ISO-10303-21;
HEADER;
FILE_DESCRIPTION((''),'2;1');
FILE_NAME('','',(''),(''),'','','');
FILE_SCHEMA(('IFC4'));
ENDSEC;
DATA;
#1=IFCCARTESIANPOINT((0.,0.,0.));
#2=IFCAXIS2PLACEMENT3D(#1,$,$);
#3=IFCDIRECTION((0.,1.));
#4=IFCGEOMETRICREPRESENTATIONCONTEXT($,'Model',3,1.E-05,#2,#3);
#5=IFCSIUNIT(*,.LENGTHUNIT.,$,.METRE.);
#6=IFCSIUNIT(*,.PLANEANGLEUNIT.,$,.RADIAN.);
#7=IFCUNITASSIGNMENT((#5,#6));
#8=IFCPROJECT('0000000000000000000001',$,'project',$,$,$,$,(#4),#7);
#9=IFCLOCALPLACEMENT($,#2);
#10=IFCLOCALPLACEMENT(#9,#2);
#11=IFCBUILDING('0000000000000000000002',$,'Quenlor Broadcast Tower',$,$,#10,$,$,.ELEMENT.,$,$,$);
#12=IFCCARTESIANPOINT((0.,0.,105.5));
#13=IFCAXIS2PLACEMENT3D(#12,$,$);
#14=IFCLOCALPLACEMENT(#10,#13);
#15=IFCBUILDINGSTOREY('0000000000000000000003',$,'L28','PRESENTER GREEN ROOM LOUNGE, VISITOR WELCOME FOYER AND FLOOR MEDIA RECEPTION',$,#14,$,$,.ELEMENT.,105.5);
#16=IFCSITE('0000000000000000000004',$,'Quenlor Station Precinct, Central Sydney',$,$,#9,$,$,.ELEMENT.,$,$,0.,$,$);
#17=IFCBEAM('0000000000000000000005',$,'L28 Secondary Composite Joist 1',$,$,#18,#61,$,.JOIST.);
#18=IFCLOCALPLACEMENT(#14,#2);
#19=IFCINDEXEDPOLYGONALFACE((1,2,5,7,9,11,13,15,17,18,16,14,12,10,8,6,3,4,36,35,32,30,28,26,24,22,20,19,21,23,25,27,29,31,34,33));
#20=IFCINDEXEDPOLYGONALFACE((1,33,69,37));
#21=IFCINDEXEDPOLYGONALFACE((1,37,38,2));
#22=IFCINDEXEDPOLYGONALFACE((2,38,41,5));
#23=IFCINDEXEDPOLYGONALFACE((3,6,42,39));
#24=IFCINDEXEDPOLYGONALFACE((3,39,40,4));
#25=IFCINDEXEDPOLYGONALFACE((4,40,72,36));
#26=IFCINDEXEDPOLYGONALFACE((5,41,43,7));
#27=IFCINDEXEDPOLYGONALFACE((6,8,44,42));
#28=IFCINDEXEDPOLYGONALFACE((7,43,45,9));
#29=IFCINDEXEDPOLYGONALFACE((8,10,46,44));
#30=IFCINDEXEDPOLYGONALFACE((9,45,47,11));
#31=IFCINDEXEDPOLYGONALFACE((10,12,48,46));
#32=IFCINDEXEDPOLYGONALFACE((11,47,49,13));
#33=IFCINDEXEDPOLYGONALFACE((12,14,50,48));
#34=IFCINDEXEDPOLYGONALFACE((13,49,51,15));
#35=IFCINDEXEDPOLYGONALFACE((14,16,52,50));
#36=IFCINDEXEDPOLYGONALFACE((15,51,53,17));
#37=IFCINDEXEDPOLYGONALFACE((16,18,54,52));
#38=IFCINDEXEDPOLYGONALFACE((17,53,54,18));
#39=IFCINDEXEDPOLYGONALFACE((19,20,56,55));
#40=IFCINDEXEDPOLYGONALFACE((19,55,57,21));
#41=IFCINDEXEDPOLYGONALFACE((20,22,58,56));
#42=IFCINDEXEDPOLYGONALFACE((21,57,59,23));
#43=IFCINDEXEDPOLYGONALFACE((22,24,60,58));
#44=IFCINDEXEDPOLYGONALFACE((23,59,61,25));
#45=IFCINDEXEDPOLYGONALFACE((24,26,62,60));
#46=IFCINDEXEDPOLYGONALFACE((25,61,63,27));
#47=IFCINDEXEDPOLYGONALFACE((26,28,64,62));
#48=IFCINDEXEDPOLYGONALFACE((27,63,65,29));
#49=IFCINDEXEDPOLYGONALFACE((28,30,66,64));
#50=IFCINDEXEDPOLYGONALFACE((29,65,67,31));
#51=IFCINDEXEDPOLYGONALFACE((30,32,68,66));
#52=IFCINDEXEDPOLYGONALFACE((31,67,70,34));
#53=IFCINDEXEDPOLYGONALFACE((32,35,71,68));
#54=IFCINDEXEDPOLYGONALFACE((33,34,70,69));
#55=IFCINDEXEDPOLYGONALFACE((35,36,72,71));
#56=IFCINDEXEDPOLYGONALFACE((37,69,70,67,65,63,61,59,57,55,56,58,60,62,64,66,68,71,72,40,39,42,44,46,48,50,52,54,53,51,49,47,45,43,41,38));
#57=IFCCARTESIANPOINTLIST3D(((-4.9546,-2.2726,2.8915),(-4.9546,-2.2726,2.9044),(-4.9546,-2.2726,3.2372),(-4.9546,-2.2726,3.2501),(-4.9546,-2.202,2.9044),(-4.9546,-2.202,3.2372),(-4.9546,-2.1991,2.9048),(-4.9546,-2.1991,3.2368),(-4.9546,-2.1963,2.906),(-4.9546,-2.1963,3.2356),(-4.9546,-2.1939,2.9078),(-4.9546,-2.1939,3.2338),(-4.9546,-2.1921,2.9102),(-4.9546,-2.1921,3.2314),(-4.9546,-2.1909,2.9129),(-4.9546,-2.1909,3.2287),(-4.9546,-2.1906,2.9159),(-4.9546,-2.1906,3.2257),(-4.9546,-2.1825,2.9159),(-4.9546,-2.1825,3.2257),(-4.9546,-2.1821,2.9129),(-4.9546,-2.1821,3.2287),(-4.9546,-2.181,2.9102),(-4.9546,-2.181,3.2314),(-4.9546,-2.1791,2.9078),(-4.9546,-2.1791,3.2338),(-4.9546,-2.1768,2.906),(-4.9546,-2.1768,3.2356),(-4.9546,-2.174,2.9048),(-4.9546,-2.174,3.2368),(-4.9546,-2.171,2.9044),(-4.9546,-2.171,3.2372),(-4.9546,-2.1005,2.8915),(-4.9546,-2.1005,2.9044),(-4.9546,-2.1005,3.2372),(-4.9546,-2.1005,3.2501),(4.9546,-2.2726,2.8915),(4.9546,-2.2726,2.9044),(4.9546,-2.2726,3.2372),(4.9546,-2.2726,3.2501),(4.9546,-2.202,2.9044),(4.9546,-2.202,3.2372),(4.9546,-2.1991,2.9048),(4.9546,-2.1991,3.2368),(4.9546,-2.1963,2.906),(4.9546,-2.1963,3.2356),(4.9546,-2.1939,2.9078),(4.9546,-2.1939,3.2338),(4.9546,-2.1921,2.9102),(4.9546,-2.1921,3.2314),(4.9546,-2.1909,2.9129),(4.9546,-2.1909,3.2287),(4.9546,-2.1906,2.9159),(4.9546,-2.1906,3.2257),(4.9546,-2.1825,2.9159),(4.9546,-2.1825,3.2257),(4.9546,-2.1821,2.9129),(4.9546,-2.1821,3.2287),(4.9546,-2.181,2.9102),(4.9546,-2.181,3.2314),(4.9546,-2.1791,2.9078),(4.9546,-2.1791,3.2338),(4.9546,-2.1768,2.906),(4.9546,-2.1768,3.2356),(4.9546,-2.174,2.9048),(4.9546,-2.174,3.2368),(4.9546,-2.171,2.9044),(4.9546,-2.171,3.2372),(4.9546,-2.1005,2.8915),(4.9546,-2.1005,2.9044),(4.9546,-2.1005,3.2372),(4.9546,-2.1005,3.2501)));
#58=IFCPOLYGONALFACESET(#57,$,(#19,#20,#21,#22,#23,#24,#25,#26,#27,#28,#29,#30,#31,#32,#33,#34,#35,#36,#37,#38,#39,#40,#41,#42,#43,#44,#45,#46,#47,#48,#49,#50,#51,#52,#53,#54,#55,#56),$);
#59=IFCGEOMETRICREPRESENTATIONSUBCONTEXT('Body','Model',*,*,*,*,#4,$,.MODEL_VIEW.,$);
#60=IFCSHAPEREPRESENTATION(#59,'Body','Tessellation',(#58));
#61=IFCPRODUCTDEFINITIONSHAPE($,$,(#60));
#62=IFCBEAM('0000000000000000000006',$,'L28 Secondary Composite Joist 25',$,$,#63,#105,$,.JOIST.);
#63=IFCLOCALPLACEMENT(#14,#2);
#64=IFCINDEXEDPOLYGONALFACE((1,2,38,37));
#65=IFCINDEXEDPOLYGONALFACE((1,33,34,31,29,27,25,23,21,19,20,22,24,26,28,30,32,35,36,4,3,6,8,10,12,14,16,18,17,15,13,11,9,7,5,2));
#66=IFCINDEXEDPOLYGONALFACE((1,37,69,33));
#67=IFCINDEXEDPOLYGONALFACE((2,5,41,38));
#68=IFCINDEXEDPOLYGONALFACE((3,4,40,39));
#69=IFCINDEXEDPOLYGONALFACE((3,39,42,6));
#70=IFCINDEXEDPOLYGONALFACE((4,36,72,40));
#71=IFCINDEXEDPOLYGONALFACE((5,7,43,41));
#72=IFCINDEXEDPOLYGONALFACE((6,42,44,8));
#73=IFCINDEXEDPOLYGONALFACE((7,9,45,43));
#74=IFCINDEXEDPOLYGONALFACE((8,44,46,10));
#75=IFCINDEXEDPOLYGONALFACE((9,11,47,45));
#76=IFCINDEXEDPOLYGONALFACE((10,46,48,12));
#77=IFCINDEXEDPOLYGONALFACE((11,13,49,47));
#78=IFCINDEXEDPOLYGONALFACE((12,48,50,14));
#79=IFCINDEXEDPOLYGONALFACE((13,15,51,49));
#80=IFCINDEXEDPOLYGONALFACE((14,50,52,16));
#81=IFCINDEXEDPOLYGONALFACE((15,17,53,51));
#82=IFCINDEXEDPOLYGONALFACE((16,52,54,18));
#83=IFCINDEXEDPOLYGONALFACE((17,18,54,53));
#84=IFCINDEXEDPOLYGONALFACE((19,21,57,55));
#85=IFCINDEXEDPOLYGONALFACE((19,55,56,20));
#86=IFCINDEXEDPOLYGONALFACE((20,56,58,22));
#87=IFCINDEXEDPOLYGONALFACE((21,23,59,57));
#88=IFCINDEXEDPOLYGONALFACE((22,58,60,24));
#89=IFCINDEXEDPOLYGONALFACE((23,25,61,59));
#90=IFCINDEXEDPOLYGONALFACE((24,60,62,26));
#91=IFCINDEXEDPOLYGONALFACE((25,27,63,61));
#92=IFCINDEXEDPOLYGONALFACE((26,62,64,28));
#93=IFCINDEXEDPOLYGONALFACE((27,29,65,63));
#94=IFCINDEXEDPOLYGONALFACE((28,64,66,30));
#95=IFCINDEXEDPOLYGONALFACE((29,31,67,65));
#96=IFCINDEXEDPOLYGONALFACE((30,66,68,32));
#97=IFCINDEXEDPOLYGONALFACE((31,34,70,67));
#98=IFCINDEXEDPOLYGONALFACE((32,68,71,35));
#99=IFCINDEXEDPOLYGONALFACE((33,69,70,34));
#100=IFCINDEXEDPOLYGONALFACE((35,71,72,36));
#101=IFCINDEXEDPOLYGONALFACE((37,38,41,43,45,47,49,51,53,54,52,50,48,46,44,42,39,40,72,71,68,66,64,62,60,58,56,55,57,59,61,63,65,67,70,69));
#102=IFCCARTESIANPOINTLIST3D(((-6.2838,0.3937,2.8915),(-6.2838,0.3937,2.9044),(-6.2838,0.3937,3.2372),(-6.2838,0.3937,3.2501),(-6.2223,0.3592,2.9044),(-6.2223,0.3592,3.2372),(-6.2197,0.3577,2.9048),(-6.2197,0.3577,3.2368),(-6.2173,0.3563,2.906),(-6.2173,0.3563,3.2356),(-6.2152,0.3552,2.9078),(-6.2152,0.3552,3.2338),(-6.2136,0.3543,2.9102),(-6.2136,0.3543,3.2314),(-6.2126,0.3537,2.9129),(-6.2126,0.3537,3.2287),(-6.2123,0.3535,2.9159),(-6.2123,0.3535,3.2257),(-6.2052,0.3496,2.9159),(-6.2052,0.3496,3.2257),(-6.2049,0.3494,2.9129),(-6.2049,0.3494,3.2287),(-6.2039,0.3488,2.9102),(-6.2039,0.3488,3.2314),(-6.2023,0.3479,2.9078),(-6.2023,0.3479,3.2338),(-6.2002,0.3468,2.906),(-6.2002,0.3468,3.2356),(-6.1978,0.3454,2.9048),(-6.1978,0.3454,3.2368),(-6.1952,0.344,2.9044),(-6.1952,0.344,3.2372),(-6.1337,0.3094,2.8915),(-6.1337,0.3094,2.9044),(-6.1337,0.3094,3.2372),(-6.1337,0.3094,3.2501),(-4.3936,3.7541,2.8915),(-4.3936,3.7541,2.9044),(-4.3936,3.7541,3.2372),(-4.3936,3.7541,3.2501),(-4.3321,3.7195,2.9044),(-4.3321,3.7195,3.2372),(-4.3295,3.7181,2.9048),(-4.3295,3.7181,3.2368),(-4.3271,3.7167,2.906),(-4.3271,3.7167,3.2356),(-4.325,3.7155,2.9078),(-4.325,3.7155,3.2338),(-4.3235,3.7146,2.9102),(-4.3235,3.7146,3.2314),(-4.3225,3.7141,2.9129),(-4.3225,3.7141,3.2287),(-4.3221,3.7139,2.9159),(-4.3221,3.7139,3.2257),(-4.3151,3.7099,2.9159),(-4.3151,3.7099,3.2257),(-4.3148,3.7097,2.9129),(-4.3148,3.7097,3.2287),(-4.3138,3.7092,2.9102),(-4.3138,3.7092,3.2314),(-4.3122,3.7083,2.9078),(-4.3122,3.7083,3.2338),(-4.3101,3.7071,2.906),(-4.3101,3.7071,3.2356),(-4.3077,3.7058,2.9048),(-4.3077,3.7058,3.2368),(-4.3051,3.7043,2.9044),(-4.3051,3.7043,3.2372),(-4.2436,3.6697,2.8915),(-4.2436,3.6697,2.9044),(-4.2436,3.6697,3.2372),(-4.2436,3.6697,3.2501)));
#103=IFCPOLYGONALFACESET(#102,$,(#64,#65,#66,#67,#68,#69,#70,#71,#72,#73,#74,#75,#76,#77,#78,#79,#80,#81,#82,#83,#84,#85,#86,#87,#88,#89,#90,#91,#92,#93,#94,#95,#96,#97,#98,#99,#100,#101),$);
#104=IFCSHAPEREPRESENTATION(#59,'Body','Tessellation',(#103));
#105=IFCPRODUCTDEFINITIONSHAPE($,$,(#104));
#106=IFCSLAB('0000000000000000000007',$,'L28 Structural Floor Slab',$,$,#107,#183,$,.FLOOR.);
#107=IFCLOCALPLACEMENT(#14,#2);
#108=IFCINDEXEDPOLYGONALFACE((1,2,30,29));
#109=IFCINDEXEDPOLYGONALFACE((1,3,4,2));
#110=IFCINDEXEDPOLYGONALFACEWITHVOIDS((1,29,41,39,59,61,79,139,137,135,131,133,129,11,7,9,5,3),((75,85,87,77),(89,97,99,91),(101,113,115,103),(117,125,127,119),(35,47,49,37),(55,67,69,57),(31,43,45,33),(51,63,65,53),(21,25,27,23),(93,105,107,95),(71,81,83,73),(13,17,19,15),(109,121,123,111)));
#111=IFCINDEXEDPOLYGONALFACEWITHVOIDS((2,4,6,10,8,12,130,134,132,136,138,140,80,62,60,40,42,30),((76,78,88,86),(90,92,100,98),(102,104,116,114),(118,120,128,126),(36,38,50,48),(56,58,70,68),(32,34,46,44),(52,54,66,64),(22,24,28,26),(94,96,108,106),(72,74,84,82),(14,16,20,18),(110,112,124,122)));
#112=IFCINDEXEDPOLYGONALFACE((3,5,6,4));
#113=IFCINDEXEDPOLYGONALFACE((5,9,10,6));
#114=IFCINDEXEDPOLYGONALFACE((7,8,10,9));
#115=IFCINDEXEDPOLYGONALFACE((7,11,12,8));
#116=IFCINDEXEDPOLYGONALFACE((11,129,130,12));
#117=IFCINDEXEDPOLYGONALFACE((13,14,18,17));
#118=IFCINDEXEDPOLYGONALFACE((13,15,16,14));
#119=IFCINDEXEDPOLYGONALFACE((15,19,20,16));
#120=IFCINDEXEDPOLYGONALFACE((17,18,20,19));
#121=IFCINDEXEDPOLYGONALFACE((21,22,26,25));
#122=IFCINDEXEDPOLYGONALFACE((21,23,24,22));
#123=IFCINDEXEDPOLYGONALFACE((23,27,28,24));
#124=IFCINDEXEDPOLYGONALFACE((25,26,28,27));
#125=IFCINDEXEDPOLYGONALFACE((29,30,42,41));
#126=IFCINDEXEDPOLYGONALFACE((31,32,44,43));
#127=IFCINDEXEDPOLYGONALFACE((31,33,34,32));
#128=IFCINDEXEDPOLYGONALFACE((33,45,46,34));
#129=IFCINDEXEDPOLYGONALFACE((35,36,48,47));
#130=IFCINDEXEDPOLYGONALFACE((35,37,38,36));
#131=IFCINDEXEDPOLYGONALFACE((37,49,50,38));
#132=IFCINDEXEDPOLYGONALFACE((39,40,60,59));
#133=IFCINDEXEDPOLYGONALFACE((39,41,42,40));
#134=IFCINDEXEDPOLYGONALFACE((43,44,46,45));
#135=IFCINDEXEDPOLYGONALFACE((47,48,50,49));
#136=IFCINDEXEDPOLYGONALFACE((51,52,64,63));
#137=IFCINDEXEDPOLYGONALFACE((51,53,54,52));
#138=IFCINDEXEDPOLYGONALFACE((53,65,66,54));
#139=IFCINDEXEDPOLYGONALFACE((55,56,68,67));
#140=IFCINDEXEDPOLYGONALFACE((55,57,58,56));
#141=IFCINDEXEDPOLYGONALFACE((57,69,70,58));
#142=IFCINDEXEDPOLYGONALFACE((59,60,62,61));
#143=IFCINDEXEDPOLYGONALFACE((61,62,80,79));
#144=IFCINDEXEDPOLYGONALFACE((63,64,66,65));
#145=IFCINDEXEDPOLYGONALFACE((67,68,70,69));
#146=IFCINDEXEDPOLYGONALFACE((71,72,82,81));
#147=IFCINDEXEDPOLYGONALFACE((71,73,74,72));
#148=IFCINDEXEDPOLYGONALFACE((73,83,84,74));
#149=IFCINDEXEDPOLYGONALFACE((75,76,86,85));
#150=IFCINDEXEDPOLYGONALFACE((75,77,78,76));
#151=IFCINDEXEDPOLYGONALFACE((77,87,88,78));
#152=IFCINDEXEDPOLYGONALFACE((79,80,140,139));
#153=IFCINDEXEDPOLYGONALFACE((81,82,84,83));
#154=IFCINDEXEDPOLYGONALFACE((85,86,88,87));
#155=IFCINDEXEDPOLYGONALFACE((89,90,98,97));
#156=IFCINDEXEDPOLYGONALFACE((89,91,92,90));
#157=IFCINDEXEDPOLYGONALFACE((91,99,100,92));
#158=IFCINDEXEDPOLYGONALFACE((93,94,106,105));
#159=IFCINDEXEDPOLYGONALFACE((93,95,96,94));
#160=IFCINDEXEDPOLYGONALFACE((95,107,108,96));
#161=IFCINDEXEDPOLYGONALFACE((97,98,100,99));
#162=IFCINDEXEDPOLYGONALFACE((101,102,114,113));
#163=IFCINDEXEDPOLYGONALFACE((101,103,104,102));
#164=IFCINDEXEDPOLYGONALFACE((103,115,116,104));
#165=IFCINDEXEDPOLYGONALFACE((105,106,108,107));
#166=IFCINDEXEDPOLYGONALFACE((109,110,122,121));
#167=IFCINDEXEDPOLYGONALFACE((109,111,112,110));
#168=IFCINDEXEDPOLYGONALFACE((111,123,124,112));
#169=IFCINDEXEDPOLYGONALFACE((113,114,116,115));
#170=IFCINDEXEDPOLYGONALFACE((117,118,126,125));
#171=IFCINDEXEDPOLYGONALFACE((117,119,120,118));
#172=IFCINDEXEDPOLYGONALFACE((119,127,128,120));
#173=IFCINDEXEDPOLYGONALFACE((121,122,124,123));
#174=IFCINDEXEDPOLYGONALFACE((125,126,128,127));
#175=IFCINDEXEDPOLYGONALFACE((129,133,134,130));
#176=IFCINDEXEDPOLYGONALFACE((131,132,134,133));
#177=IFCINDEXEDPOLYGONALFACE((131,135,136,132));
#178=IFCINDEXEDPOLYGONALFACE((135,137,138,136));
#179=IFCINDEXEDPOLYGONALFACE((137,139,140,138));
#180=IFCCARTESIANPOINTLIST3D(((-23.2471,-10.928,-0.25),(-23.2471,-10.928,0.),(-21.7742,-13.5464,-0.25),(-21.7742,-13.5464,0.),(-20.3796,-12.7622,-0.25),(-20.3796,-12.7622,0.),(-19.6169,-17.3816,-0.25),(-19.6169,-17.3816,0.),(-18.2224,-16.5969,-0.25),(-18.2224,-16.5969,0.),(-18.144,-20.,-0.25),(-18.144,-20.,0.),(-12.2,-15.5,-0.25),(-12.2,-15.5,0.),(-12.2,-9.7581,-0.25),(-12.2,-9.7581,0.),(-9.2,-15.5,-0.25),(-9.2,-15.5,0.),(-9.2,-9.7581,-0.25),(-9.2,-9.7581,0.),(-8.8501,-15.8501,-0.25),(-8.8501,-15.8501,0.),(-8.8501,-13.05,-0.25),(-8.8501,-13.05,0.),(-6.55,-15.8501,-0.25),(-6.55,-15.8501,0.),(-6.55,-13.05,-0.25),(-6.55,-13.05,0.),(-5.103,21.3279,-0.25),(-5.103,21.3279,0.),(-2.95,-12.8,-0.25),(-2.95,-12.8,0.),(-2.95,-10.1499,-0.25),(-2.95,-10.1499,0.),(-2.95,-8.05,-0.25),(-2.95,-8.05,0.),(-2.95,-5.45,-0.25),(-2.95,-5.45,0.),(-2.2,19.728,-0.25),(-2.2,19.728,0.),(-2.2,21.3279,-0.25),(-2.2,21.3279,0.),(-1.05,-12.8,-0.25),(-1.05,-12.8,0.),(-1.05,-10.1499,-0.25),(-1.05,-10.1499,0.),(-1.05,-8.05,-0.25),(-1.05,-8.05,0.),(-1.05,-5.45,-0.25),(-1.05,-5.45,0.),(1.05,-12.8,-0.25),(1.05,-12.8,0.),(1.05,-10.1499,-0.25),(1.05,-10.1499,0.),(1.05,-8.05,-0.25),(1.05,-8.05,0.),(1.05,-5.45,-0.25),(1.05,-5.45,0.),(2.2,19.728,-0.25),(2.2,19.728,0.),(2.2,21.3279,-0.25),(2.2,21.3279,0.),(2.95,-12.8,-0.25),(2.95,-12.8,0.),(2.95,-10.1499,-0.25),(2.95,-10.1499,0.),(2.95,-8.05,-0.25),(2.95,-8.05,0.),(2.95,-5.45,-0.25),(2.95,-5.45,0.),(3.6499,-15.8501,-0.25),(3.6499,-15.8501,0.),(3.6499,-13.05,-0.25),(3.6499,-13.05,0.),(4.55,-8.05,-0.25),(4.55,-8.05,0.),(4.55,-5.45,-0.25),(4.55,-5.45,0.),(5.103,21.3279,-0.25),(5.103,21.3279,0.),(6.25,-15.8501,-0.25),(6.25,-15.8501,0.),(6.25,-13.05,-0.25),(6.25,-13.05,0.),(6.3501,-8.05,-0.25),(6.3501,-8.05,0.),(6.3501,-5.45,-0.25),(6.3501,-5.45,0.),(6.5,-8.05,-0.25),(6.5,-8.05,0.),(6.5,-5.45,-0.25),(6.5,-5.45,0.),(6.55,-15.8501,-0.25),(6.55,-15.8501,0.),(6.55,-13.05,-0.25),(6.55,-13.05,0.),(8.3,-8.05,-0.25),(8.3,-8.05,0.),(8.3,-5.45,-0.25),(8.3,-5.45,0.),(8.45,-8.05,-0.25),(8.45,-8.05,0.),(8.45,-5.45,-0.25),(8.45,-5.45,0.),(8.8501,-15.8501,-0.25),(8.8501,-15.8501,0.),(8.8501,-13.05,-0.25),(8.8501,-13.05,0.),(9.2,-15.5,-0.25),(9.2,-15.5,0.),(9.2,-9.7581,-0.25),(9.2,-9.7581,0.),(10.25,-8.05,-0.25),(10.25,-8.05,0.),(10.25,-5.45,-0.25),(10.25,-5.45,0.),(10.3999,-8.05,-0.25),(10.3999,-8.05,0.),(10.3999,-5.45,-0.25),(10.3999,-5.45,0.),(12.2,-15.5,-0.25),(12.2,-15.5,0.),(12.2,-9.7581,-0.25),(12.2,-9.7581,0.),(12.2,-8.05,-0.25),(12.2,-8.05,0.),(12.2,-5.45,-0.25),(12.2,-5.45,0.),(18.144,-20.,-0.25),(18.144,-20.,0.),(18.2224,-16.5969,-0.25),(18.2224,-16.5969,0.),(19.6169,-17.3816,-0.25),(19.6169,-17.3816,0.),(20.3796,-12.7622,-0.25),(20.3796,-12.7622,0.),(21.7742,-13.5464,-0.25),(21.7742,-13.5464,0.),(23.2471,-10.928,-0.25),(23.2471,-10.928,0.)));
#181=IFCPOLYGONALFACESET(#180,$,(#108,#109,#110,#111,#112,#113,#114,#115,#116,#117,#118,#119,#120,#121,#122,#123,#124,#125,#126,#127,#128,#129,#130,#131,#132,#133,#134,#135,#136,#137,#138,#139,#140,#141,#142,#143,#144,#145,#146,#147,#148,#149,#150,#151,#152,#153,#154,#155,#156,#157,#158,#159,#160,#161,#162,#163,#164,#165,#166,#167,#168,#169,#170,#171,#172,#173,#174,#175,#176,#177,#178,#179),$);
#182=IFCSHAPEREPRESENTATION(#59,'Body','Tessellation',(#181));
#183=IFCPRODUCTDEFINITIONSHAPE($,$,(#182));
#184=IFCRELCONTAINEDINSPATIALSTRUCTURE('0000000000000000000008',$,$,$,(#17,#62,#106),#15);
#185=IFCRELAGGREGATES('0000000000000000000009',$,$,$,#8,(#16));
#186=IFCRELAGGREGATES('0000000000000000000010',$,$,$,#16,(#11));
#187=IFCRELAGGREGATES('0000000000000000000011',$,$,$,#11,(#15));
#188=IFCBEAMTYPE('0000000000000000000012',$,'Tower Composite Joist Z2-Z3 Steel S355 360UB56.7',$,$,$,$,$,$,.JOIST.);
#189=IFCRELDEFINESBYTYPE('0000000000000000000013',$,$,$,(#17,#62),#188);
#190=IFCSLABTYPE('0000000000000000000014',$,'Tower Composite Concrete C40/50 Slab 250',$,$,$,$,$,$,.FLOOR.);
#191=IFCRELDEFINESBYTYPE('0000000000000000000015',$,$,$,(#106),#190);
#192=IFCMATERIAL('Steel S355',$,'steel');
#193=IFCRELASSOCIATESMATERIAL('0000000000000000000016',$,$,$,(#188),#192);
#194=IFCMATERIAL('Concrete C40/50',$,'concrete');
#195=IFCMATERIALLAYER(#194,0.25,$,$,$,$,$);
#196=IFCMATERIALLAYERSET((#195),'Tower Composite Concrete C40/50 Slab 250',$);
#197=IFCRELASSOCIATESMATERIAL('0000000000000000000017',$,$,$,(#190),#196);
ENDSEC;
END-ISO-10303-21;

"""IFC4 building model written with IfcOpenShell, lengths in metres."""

from ifc_helpers import new_model, si_unit, direction, frame, origin, origin_2d, place, context, subcontext, project, spatial, polyline, i_section, outline, extrude, material, layer, layer_set, material_profile, profile_set, type_object, element, save


model = new_model("IFC4")

# Units and contexts
model_context = context("Model", 3, precision=1e-05, world=origin(), true_north=direction((0.0, 1.0)))
body_context = subcontext(model_context, "Body", "Model", "MODEL_VIEW")
ifc_project = project(units=[si_unit("LENGTHUNIT", "METRE"), si_unit("PLANEANGLEUNIT", "RADIAN")], contexts=[model_context])

# Site, building, storey
site_placement = place(None, origin())
site = spatial("IfcSite", under=ifc_project, at=site_placement, Name="Quenlor Station Precinct, Central Sydney", CompositionType="ELEMENT", RefElevation=0.0)
building_placement = place(site_placement, origin())
building = spatial("IfcBuilding", under=site, at=building_placement, Name="Quenlor Broadcast Tower", CompositionType="ELEMENT")
storey_placement = place(building_placement, frame((0.0, 0.0, 105.5)))
storey = spatial("IfcBuildingStorey", under=building, at=storey_placement, Name="L28", Description="PRESENTER GREEN ROOM LOUNGE, VISITOR WELCOME FOYER AND FLOOR MEDIA RECEPTION", CompositionType="ELEMENT", Elevation=105.5)

# Beams
ifc_material_1 = material(Name="Steel S355", Category="steel")
ifc_material_profile = material_profile(ifc_material_1, i_section(OverallWidth=0.1721, OverallDepth=0.3586, WebThickness=0.0081, FlangeThickness=0.0129, FilletRadius=0.0115, at=origin_2d()))
ifc_profile_set = profile_set([ifc_material_profile], Name="Steel S355 360UB56.7")
beam_type = type_object("IfcBeamType", Name="Tower Composite Joist Z2-Z3 Steel S355 360UB56.7", PredefinedType="JOIST", material=ifc_profile_set)
beam_1_placement = place(storey_placement, frame((-4.9546, -2.1865, 3.0708), z_axis=(1.0, 0.0, 0.0), x_axis=(0.0, 1.0, 0.0)))
element("IfcBeam", 1, at=beam_1_placement, inside=storey, type_object=beam_type, Name="L28 Secondary Composite Joist 1", PredefinedType="JOIST", context=body_context, shape_type="SweptSolid", body=[
    extrude(i_section(OverallWidth=0.1721, OverallDepth=0.3586, WebThickness=0.0081, FlangeThickness=0.0129, FilletRadius=0.0115, at=origin_2d()), origin(), (0.0, 0.0, 1.0), 9.9092),
])
beam_2_placement = place(storey_placement, frame((-4.3186, 3.7119, 3.0708), z_axis=(-0.490249, -0.871582, 0.0), x_axis=(0.871582, -0.490249, 0.0)))
element("IfcBeam", 2, at=beam_2_placement, inside=storey, type_object=beam_type, Name="L28 Secondary Composite Joist 25", PredefinedType="JOIST", context=body_context, shape_type="SweptSolid", body=[
    extrude(i_section(OverallWidth=0.1721, OverallDepth=0.3586, WebThickness=0.0081, FlangeThickness=0.0129, FilletRadius=0.0115, at=origin_2d()), origin(), (0.0, 0.0, 1.0), 3.8555),
])

# Slab
ifc_material_2 = material(Name="Concrete C40/50", Category="concrete")
ifc_layer_1 = layer(ifc_material_2, 0.25)
ifc_layer_set_1 = layer_set([ifc_layer_1], Name="Tower Composite Concrete C40/50 Slab 250")
slab_type = type_object("IfcSlabType", Name="Tower Composite Concrete C40/50 Slab 250", PredefinedType="FLOOR", material=ifc_layer_set_1)
slab_placement = place(storey_placement, frame((0.0, 0.0, -0.25)))
element("IfcSlab", 3, at=slab_placement, inside=storey, type_object=slab_type, Name="L28 Structural Floor Slab", PredefinedType="FLOOR", context=body_context, shape_type="SweptSolid", body=[
    extrude(outline(polyline([(18.144, -20.0), (19.6169, -17.3816), (18.2224, -16.5969), (20.3796, -12.7622), (21.7742, -13.5464), (23.2471, -10.928), (5.103, 21.3279), (2.2, 21.3279), (2.2, 19.728), (-2.2, 19.728), (-2.2, 21.3279), (-5.103, 21.3279), (-23.2471, -10.928), (-21.7742, -13.5464), (-20.3796, -12.7622), (-18.2224, -16.5969), (-19.6169, -17.3816), (-18.144, -20.0), (18.144, -20.0)]), holes=[polyline([(-12.2, -9.7581), (-12.2, -15.5), (-9.2, -15.5), (-9.2, -9.7581), (-12.2, -9.7581)]), polyline([(9.2, -9.7581), (9.2, -15.5), (12.2, -15.5), (12.2, -9.7581), (9.2, -9.7581)]), polyline([(-2.95, -8.05), (-1.05, -8.05), (-1.05, -5.45), (-2.95, -5.45), (-2.95, -8.05)]), polyline([(1.05, -8.05), (2.95, -8.05), (2.95, -5.45), (1.05, -5.45), (1.05, -8.05)]), polyline([(-2.95, -12.8), (-1.05, -12.8), (-1.05, -10.1499), (-2.95, -10.1499), (-2.95, -12.8)]), polyline([(1.05, -12.8), (2.95, -12.8), (2.95, -10.1499), (1.05, -10.1499), (1.05, -12.8)]), polyline([(4.55, -8.05), (6.3501, -8.05), (6.3501, -5.45), (4.55, -5.45), (4.55, -8.05)]), polyline([(6.5, -8.05), (8.3, -8.05), (8.3, -5.45), (6.5, -5.45), (6.5, -8.05)]), polyline([(8.45, -8.05), (10.25, -8.05), (10.25, -5.45), (8.45, -5.45), (8.45, -8.05)]), polyline([(10.3999, -8.05), (12.2, -8.05), (12.2, -5.45), (10.3999, -5.45), (10.3999, -8.05)]), polyline([(-8.8501, -15.8501), (-6.55, -15.8501), (-6.55, -13.05), (-8.8501, -13.05), (-8.8501, -15.8501)]), polyline([(6.55, -15.8501), (8.8501, -15.8501), (8.8501, -13.05), (6.55, -13.05), (6.55, -15.8501)]), polyline([(3.6499, -15.8501), (6.25, -15.8501), (6.25, -13.05), (3.6499, -13.05), (3.6499, -15.8501)])]), origin(), (0.0, 0.0, 1.0), 0.25),
])

save(model, "model.ifc")
